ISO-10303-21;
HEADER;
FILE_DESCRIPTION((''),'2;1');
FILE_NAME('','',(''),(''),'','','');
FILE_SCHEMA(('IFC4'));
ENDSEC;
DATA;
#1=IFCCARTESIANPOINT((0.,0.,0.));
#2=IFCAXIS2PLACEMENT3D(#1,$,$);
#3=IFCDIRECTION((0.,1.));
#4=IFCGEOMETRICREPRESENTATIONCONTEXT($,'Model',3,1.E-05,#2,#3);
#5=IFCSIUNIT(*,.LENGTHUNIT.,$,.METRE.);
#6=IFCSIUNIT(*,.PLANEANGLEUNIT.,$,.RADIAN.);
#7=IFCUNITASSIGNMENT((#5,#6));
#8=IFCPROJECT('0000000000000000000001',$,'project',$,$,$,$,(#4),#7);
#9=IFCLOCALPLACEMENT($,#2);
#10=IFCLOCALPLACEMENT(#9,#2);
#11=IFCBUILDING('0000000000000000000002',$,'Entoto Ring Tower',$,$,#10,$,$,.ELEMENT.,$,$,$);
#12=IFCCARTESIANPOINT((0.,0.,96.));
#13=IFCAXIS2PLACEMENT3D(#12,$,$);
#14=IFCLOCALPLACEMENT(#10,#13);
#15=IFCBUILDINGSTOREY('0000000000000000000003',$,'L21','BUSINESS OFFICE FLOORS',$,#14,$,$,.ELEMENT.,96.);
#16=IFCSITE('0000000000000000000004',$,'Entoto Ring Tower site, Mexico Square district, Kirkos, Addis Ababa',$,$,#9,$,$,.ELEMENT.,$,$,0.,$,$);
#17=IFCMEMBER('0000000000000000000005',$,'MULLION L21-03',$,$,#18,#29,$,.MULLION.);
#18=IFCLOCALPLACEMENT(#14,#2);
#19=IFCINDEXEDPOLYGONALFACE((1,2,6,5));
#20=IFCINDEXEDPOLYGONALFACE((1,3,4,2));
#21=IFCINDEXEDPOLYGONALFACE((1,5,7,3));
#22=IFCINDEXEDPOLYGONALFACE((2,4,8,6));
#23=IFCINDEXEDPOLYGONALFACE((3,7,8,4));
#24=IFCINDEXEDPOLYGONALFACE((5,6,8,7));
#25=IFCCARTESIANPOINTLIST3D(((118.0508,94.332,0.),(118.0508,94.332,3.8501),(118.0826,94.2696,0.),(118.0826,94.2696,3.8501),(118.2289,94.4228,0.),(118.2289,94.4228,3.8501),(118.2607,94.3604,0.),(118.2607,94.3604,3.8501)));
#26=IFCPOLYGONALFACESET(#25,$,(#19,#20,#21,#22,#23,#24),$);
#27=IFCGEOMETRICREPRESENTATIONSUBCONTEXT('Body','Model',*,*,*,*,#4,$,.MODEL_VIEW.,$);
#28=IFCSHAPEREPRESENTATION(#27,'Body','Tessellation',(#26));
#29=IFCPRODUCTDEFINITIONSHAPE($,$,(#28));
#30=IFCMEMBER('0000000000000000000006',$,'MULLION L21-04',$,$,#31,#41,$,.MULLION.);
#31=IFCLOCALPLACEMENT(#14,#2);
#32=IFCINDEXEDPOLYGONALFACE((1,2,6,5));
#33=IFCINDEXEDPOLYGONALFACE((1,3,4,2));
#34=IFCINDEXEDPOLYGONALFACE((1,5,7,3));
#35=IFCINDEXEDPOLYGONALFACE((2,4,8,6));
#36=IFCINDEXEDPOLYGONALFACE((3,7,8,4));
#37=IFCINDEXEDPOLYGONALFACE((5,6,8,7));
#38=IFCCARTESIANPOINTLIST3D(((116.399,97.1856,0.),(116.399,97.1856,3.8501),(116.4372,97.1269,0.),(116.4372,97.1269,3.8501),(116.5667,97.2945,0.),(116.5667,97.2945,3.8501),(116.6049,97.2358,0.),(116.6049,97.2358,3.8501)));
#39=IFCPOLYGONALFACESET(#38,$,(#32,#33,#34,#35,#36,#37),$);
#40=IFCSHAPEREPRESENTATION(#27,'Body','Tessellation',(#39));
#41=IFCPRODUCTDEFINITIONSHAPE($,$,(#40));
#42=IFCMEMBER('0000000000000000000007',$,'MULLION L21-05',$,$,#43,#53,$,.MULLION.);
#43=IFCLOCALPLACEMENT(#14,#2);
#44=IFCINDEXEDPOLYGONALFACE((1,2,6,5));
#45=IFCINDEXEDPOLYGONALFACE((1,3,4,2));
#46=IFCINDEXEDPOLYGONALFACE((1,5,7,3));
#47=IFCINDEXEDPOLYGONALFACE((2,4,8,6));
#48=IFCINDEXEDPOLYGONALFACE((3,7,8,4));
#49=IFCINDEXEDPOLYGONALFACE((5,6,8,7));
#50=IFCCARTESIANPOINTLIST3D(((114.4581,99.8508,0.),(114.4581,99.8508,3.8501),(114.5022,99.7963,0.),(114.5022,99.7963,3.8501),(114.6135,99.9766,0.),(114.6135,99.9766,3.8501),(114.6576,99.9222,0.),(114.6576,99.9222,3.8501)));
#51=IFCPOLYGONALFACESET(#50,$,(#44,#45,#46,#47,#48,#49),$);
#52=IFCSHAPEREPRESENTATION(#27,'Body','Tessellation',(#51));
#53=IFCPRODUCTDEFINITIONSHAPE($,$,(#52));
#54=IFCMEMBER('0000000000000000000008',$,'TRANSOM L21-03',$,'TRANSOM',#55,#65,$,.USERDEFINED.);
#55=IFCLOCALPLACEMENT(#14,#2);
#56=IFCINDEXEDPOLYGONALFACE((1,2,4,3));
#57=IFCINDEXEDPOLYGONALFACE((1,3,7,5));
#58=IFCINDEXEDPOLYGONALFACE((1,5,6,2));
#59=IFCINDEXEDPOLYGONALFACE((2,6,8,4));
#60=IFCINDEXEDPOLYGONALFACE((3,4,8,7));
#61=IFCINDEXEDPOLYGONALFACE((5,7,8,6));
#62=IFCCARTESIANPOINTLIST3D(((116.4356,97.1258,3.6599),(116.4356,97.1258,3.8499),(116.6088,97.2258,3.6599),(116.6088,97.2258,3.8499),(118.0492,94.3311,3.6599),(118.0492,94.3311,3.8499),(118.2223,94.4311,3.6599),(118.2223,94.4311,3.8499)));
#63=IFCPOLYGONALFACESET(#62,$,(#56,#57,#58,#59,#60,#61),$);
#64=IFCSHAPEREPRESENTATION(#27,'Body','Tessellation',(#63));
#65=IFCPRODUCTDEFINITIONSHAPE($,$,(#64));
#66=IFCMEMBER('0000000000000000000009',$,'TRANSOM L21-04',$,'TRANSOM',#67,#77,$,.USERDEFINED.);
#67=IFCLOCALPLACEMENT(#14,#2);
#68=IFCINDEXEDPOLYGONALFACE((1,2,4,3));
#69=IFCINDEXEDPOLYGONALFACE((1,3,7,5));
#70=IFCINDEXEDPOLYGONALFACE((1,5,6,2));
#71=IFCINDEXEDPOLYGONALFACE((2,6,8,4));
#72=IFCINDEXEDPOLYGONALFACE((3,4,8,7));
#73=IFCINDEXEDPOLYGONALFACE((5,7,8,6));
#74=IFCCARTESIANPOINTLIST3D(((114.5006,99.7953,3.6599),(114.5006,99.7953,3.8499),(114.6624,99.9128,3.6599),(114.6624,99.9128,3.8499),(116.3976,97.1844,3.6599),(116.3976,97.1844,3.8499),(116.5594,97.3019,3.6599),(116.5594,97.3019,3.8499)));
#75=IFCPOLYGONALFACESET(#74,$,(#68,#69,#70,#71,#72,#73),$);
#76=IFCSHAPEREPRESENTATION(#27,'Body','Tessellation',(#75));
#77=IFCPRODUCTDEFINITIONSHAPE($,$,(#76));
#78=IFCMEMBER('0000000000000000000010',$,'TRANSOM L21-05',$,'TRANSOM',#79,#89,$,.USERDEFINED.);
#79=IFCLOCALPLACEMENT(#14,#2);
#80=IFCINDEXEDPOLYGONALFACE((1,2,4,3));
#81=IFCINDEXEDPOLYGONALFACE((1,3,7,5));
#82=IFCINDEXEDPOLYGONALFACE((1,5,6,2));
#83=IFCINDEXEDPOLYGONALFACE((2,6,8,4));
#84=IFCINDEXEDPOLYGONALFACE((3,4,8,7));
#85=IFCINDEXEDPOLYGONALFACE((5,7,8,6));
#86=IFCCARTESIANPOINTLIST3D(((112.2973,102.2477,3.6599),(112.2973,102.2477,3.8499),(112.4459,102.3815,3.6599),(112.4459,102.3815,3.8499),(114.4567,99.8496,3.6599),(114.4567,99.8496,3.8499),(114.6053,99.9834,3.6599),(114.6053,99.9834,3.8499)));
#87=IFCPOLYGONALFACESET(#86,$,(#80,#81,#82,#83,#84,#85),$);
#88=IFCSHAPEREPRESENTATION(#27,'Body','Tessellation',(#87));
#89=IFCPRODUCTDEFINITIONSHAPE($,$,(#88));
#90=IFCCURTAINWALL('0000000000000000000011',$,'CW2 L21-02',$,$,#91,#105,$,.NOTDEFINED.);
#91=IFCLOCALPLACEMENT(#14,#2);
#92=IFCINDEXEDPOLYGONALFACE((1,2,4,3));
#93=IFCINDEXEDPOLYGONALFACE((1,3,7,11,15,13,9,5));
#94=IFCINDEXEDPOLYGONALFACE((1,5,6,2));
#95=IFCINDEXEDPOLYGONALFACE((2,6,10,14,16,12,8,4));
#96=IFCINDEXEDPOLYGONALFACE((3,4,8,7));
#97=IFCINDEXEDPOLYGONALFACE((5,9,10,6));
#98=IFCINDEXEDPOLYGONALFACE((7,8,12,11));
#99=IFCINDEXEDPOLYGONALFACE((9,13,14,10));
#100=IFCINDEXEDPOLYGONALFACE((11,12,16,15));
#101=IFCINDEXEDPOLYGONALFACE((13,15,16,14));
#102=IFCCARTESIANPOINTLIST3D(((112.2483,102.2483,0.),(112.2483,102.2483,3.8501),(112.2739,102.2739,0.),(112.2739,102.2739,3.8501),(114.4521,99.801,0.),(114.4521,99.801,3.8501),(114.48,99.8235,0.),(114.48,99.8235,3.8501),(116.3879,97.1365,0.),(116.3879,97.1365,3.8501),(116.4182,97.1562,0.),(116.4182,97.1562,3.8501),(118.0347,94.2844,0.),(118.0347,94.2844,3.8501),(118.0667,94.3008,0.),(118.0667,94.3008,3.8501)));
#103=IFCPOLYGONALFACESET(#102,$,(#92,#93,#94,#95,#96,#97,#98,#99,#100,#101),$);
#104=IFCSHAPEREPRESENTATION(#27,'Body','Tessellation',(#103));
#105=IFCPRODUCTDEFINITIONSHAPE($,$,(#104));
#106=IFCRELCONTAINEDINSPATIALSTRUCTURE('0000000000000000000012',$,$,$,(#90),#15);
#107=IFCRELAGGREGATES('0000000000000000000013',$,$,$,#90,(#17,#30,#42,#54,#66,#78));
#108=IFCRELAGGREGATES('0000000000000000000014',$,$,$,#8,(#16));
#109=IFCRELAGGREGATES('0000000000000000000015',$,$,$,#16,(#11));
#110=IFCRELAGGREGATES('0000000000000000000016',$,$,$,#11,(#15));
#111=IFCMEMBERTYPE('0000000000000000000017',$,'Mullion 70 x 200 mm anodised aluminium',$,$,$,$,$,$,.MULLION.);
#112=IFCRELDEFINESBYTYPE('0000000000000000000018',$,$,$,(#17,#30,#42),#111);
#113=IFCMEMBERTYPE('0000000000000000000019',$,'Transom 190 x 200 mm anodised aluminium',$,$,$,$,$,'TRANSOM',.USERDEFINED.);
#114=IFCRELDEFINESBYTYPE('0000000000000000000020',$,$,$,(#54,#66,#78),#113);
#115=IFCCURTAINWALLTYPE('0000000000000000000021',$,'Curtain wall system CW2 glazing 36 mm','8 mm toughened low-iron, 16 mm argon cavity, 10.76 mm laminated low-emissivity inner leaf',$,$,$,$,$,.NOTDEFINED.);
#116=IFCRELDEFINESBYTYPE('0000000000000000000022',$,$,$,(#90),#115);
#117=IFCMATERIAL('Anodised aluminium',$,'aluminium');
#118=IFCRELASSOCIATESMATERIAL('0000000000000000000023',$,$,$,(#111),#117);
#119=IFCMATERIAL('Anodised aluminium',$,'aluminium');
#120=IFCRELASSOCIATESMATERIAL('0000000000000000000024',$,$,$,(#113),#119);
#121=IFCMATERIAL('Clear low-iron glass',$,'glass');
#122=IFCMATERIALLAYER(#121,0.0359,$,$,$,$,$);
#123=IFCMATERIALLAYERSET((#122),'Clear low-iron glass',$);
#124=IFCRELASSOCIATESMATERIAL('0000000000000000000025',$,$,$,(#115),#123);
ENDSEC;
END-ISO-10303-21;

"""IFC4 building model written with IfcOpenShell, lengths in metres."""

from ifc_helpers import new_model, si_unit, direction, frame, origin, origin_2d, place, context, subcontext, project, spatial, polyline, rectangle, outline, extrude, material, layer, layer_set, material_profile, profile_set, type_object, element, aggregate, save


model = new_model("IFC4")

# Units and contexts
model_context = context("Model", 3, precision=1e-05, world=origin(), true_north=direction((0.0, 1.0)))
body_context = subcontext(model_context, "Body", "Model", "MODEL_VIEW")
ifc_project = project(units=[si_unit("LENGTHUNIT", "METRE"), si_unit("PLANEANGLEUNIT", "RADIAN")], contexts=[model_context])

# Members
ifc_material_1 = material(Name="Anodised aluminium", Category="aluminium")
ifc_material_profile_1 = material_profile(ifc_material_1, rectangle(XDim=0.0701, YDim=0.2, at=origin_2d()), Name="Mullion 70 x 200 mm anodised aluminium")
ifc_profile_set_1 = profile_set([ifc_material_profile_1], Name="Anodised aluminium")
member_type_1 = type_object("IfcMemberType", Name="Mullion 70 x 200 mm anodised aluminium", PredefinedType="MULLION", material=ifc_profile_set_1)
site_placement = place(None, origin())
building_placement = place(site_placement, origin())
storey_placement = place(building_placement, frame((0.0, 0.0, 96.0)))
member_1_placement = place(storey_placement, frame((118.1558, 94.3462, 0.0), z_axis=(0.0, 0.0, 1.0), x_axis=(-0.45399, 0.891007, 0.0)))
member_1 = element("IfcMember", 1, at=member_1_placement, type_object=member_type_1, Name="MULLION L21-03", PredefinedType="MULLION", context=body_context, shape_type="SweptSolid", body=[
    extrude(rectangle(XDim=0.0701, YDim=0.2, at=origin_2d()), origin(), (0.0, 0.0, 1.0), 3.8501),
])
member_2_placement = place(storey_placement, frame((116.502, 97.2107, 0.0), z_axis=(0.0, 0.0, 1.0), x_axis=(-0.544639, 0.838671, 0.0)))
member_2 = element("IfcMember", 2, at=member_2_placement, type_object=member_type_1, Name="MULLION L21-04", PredefinedType="MULLION", context=body_context, shape_type="SweptSolid", body=[
    extrude(rectangle(XDim=0.0701, YDim=0.2, at=origin_2d()), origin(), (0.0, 0.0, 1.0), 3.8501),
])
member_3_placement = place(storey_placement, frame((114.5579, 99.8865, 0.0), z_axis=(0.0, 0.0, 1.0), x_axis=(-0.62932, 0.777146, 0.0)))
member_3 = element("IfcMember", 3, at=member_3_placement, type_object=member_type_1, Name="MULLION L21-05", PredefinedType="MULLION", context=body_context, shape_type="SweptSolid", body=[
    extrude(rectangle(XDim=0.0701, YDim=0.2, at=origin_2d()), origin(), (0.0, 0.0, 1.0), 3.8501),
])
ifc_material_2 = material(Name="Anodised aluminium", Category="aluminium")
ifc_material_profile_2 = material_profile(ifc_material_2, rectangle(XDim=0.2, YDim=0.1899, at=origin_2d()), Name="Transom 190 x 200 mm anodised aluminium")
ifc_profile_set_2 = profile_set([ifc_material_profile_2], Name="Anodised aluminium")
member_type_2 = type_object("IfcMemberType", Name="Transom 190 x 200 mm anodised aluminium", ElementType="TRANSOM", PredefinedType="USERDEFINED", material=ifc_profile_set_2)
member_4_placement = place(storey_placement, frame((118.1357, 94.3811, 3.7549), z_axis=(-0.500004, 0.866023, 0.0), x_axis=(-0.866023, -0.500004, 0.0)))
member_4 = element("IfcMember", 4, at=member_4_placement, type_object=member_type_2, Name="TRANSOM L21-03", ObjectType="TRANSOM", PredefinedType="USERDEFINED", context=body_context, shape_type="SweptSolid", body=[
    extrude(rectangle(XDim=0.2, YDim=0.1899, at=origin_2d()), origin(), (0.0, 0.0, 1.0), 3.2271),
])
member_5_placement = place(storey_placement, frame((116.4785, 97.2432, 3.7549), z_axis=(-0.587803, 0.809004, 0.0), x_axis=(-0.809004, -0.587803, 0.0)))
member_5 = element("IfcMember", 5, at=member_5_placement, type_object=member_type_2, Name="TRANSOM L21-04", ObjectType="TRANSOM", PredefinedType="USERDEFINED", context=body_context, shape_type="SweptSolid", body=[
    extrude(rectangle(XDim=0.2, YDim=0.1899, at=origin_2d()), origin(), (0.0, 0.0, 1.0), 3.2273),
])
member_6_placement = place(storey_placement, frame((114.531, 99.9165, 3.7549), z_axis=(-0.669144, 0.743132, 0.0), x_axis=(-0.743132, -0.669144, 0.0)))
member_6 = element("IfcMember", 6, at=member_6_placement, type_object=member_type_2, Name="TRANSOM L21-05", ObjectType="TRANSOM", PredefinedType="USERDEFINED", context=body_context, shape_type="SweptSolid", body=[
    extrude(rectangle(XDim=0.2, YDim=0.1899, at=origin_2d()), origin(), (0.0, 0.0, 1.0), 3.2271),
])

# Site, building, storey
site = spatial("IfcSite", under=ifc_project, at=site_placement, Name="Entoto Ring Tower site, Mexico Square district, Kirkos, Addis Ababa", CompositionType="ELEMENT", RefElevation=0.0)
building = spatial("IfcBuilding", under=site, at=building_placement, Name="Entoto Ring Tower", CompositionType="ELEMENT")
storey = spatial("IfcBuildingStorey", under=building, at=storey_placement, Name="L21", Description="BUSINESS OFFICE FLOORS", CompositionType="ELEMENT", Elevation=96.0)

# Curtain wall
ifc_material_3 = material(Name="Clear low-iron glass", Category="glass")
ifc_layer_1 = layer(ifc_material_3, 0.0359)
ifc_layer_set_1 = layer_set([ifc_layer_1], Name="Clear low-iron glass")
curtain_wall_type = type_object("IfcCurtainWallType", Name="Curtain wall system CW2 glazing 36 mm", Description="8 mm toughened low-iron, 16 mm argon cavity, 10.76 mm laminated low-emissivity inner leaf", PredefinedType="NOTDEFINED", material=ifc_layer_set_1)
curtain_wall_1_placement = place(storey_placement, origin())
curtain_wall_1 = element("IfcCurtainWall", 7, at=curtain_wall_1_placement, inside=storey, type_object=curtain_wall_type, Name="CW2 L21-02", PredefinedType="NOTDEFINED", context=body_context, shape_type="SweptSolid", body=[
    extrude(outline(polyline([(118.0667, 94.3008), (116.4182, 97.1562), (114.48, 99.8235), (112.2739, 102.2739), (112.2483, 102.2483), (114.4521, 99.801), (116.3879, 97.1365), (118.0347, 94.2844), (118.0667, 94.3008)])), origin(), (0.0, 0.0, 1.0), 3.8501),
])
aggregate(curtain_wall_1, [member_1, member_2, member_3, member_4, member_5, member_6])

save(model, "model.ifc")
